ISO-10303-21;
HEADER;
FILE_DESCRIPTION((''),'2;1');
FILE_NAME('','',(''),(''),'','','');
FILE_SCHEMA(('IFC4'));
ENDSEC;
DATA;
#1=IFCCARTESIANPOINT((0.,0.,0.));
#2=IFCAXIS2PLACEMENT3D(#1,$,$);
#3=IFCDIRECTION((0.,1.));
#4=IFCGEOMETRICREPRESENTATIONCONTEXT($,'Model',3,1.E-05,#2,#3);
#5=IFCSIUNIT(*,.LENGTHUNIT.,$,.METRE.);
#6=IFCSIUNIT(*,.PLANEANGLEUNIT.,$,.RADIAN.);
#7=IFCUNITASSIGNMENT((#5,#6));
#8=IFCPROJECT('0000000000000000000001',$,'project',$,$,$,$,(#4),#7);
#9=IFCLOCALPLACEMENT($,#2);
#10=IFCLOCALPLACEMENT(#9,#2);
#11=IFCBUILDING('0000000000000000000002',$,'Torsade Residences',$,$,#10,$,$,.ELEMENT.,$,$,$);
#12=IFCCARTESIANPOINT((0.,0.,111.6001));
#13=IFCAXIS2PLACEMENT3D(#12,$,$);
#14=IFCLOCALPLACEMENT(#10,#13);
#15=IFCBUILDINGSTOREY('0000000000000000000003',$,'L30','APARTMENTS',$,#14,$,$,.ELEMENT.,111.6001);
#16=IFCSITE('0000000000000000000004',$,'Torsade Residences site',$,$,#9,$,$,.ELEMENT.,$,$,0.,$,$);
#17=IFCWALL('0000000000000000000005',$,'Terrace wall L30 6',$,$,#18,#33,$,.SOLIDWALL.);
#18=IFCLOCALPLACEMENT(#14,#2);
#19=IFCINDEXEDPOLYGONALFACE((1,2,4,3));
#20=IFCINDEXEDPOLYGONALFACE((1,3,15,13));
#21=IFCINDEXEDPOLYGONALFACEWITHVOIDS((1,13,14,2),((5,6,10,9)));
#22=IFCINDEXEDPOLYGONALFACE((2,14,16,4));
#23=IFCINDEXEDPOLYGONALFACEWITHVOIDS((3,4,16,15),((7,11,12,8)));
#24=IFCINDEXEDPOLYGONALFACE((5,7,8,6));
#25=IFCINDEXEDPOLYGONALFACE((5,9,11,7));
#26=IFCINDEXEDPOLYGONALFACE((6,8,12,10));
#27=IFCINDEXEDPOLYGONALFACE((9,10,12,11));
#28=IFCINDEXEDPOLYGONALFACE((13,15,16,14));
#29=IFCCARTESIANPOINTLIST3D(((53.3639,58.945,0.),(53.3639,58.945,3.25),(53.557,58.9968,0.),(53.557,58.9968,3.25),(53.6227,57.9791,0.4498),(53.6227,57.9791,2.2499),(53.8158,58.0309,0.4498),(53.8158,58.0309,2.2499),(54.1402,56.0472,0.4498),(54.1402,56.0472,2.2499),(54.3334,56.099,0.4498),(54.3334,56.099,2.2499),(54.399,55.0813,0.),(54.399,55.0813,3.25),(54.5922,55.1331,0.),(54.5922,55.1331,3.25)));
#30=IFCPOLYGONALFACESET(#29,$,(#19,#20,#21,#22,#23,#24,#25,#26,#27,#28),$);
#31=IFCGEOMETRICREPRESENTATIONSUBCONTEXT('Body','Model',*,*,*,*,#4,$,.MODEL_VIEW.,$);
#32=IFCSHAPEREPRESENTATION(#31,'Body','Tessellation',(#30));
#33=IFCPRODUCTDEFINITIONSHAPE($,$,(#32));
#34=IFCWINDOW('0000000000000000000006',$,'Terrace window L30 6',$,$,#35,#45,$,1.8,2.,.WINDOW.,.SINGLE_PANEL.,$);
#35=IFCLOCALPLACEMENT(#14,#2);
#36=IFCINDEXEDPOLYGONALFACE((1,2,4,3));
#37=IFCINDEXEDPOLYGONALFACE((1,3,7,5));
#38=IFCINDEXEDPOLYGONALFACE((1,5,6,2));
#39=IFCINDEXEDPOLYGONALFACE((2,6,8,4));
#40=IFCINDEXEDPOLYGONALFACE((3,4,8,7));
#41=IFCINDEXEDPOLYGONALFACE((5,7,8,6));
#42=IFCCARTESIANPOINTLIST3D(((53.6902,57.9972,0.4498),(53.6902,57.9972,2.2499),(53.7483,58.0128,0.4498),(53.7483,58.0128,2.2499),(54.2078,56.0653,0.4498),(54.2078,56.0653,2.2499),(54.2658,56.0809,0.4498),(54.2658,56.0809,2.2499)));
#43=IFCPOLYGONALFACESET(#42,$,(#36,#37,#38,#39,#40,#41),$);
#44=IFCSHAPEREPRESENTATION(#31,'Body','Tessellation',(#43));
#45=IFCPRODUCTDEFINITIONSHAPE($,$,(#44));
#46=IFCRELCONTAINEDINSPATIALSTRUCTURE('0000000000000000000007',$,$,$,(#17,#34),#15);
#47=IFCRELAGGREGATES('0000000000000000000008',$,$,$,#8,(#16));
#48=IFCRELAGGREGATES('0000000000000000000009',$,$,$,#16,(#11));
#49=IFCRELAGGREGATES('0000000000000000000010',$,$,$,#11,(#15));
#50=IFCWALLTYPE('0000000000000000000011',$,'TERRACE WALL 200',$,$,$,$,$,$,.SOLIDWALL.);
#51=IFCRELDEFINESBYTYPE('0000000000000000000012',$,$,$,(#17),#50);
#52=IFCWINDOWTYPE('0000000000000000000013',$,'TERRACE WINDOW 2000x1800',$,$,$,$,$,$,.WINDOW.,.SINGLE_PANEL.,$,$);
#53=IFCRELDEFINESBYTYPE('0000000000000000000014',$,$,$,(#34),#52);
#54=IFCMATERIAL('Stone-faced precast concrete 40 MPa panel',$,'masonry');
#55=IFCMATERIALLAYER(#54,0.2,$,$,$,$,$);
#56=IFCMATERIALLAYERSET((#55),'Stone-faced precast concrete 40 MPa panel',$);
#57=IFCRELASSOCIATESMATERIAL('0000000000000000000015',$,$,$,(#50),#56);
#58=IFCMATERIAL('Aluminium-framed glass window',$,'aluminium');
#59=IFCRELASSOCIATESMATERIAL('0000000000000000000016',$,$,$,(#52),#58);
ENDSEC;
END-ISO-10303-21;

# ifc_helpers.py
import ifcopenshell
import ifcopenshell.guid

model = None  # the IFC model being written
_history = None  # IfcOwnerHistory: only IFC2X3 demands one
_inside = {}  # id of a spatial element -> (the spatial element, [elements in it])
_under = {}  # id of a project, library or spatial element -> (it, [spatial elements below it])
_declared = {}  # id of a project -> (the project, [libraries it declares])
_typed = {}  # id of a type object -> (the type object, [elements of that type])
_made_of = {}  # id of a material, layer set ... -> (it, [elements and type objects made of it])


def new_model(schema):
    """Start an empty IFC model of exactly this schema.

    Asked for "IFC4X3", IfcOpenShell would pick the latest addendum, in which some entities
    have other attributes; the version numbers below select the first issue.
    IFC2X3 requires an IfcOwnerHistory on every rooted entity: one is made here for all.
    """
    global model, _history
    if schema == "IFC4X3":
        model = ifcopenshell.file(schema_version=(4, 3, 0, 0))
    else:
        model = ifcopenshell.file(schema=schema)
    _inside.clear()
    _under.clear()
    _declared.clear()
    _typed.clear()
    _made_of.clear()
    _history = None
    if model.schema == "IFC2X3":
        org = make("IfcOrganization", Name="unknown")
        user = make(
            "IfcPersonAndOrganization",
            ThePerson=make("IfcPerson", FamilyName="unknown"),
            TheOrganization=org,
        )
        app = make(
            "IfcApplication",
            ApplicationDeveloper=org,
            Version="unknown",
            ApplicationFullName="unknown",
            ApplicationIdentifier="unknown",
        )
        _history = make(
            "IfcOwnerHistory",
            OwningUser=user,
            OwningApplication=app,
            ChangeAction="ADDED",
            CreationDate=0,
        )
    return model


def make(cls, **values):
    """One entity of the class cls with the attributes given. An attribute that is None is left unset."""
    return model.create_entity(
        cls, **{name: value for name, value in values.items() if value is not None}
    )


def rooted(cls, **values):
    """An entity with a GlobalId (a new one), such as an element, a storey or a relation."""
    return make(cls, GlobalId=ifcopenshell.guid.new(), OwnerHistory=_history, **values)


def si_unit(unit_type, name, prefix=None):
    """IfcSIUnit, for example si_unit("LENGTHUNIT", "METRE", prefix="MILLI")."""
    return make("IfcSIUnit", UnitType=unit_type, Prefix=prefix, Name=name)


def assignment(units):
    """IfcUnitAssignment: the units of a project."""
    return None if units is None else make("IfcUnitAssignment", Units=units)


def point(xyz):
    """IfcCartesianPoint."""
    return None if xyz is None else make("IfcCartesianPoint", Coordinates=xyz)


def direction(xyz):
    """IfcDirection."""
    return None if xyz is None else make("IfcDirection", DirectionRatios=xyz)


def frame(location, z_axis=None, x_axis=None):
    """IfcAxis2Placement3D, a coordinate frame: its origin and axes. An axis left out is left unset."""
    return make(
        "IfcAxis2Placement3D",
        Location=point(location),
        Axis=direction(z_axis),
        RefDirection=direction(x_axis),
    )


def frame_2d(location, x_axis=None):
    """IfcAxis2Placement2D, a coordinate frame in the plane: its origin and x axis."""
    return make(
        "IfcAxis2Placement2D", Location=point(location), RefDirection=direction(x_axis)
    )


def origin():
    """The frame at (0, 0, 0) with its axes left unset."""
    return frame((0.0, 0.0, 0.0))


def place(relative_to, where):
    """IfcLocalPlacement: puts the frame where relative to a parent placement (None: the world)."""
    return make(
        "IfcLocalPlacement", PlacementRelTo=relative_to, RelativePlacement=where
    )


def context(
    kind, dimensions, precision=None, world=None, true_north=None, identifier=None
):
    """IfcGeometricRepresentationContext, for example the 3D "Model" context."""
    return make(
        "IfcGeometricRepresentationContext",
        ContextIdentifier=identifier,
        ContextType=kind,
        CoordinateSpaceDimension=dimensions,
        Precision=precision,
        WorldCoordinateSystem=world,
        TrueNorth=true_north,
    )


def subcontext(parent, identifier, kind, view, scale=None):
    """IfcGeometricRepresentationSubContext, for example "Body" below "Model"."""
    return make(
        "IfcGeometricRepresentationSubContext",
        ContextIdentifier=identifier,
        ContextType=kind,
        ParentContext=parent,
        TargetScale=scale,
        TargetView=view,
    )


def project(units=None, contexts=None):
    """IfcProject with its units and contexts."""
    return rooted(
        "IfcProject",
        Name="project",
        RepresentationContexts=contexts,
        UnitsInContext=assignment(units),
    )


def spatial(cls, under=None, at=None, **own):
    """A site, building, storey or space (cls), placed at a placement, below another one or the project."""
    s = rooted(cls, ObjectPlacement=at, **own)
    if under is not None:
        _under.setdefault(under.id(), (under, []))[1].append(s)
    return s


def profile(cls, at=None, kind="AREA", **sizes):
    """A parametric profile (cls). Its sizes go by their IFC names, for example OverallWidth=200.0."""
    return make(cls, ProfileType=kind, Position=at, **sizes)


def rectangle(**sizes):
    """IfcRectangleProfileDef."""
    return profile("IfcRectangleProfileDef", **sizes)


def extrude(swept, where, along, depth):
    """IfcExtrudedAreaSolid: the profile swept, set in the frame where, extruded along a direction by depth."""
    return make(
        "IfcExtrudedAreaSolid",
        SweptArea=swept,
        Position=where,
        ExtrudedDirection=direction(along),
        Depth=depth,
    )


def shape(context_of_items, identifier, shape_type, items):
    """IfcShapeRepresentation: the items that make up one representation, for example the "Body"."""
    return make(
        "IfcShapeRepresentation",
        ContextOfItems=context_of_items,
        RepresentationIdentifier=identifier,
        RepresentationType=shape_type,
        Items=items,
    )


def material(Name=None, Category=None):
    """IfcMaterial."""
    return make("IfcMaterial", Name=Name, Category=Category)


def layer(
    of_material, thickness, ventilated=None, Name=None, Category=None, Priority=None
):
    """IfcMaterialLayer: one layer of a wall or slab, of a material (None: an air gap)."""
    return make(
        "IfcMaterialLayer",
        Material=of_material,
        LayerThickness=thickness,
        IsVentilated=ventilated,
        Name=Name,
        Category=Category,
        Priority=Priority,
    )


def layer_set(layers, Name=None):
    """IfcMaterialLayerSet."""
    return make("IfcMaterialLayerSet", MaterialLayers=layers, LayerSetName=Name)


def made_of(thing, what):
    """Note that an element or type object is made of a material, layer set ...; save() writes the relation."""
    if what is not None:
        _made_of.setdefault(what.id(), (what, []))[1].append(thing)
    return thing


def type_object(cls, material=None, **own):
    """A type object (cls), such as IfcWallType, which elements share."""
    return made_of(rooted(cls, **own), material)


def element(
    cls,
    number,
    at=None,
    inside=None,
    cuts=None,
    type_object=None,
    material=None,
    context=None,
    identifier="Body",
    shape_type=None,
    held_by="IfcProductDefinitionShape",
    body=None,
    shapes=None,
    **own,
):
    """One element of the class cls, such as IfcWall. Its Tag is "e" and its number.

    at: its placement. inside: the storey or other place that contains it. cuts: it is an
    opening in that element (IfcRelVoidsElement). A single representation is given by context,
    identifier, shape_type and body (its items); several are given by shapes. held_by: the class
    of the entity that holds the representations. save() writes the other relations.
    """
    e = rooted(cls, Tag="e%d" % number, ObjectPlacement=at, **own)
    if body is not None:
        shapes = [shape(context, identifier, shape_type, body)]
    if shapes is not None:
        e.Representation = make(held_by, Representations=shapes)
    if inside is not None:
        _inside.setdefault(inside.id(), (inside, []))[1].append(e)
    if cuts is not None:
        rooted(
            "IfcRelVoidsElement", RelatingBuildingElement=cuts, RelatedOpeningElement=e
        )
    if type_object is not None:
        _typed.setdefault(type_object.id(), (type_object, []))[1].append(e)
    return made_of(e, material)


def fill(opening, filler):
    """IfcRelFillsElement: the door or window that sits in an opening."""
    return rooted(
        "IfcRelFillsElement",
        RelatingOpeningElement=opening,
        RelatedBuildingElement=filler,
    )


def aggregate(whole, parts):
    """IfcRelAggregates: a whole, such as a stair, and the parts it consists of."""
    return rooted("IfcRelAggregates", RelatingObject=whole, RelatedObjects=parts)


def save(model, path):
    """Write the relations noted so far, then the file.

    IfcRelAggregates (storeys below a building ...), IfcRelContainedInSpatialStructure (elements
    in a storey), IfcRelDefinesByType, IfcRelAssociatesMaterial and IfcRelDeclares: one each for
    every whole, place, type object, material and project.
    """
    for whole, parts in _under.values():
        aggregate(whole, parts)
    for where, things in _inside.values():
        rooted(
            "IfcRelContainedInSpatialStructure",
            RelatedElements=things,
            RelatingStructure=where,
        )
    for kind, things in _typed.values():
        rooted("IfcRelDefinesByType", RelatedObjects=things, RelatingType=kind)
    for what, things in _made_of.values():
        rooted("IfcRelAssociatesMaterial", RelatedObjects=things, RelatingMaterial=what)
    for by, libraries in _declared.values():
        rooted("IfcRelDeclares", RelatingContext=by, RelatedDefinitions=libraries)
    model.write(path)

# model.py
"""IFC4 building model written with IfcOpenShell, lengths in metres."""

from ifc_helpers import new_model, si_unit, direction, frame, frame_2d, origin, place, context, subcontext, project, spatial, rectangle, extrude, material, layer, layer_set, type_object, element, fill, save


model = new_model("IFC4")

# Units and contexts
model_context = context("Model", 3, precision=1e-05, world=origin(), true_north=direction((0.0, 1.0)))
body_context = subcontext(model_context, "Body", "Model", "MODEL_VIEW")
ifc_project = project(units=[si_unit("LENGTHUNIT", "METRE"), si_unit("PLANEANGLEUNIT", "RADIAN")], contexts=[model_context])

# Site, building, storey
site_placement = place(None, origin())
site = spatial("IfcSite", under=ifc_project, at=site_placement, Name="Torsade Residences site", CompositionType="ELEMENT", RefElevation=0.0)
building_placement = place(site_placement, origin())
building = spatial("IfcBuilding", under=site, at=building_placement, Name="Torsade Residences", CompositionType="ELEMENT")
storey_placement = place(building_placement, frame((0.0, 0.0, 111.6001)))
storey = spatial("IfcBuildingStorey", under=building, at=storey_placement, Name="L30", Description="APARTMENTS", CompositionType="ELEMENT", Elevation=111.6001)

# Shared definitions
ifc_material_1 = material(Name="Stone-faced precast concrete 40 MPa panel", Category="masonry")
ifc_layer_1 = layer(ifc_material_1, 0.2)
ifc_layer_set_1 = layer_set([ifc_layer_1], Name="Stone-faced precast concrete 40 MPa panel")
wall_type_1 = type_object("IfcWallType", Name="TERRACE WALL 200", PredefinedType="SOLIDWALL", material=ifc_layer_set_1)

# Wall, opening, window
wall_1_placement = place(storey_placement, frame((54.4956, 55.1072, 0.0), z_axis=(0.0, 0.0, 1.0), x_axis=(-0.258787, 0.965934, 0.0)))
wall_1 = element("IfcWall", 1, at=wall_1_placement, inside=storey, type_object=wall_type_1, Name="Terrace wall L30 6", PredefinedType="SOLIDWALL", context=body_context, shape_type="SweptSolid", body=[
    extrude(rectangle(XDim=4.0, YDim=0.2, at=frame_2d((2.0, 0.0))), origin(), (0.0, 0.0, 1.0), 3.25),
])
opening_1_placement = place(wall_1_placement, frame((1.0, 0.0, 0.45)))
opening_1 = element("IfcOpeningElement", 2, at=opening_1_placement, cuts=wall_1, PredefinedType="OPENING", context=body_context, shape_type="SweptSolid", body=[
    extrude(rectangle(XDim=2.0, YDim=1.8, at=frame_2d((1.0, 0.8999))), frame((0.0, 0.1099, 0.0), z_axis=(0.0, -1.0, 0.0), x_axis=(1.0, 0.0, 0.0)), (0.0, 0.0, 1.0), 0.22),
])
ifc_material_2 = material(Name="Aluminium-framed glass window", Category="aluminium")
window_type = type_object("IfcWindowType", Name="TERRACE WINDOW 2000x1800", PartitioningType="SINGLE_PANEL", PredefinedType="WINDOW", material=ifc_material_2)
window_placement = place(opening_1_placement, origin())
window = element("IfcWindow", 3, at=window_placement, inside=storey, type_object=window_type, Name="Terrace window L30 6", OverallHeight=1.8, OverallWidth=2.0, PartitioningType="SINGLE_PANEL", PredefinedType="WINDOW", context=body_context, shape_type="SweptSolid", body=[
    extrude(rectangle(XDim=2.0, YDim=1.8, at=frame_2d((1.0, 0.8999))), frame((0.0, 0.03, 0.0), z_axis=(0.0, -1.0, 0.0), x_axis=(1.0, 0.0, 0.0)), (0.0, 0.0, 1.0), 0.0601),
])
fill(opening_1, window)

save(model, "model.ifc")
